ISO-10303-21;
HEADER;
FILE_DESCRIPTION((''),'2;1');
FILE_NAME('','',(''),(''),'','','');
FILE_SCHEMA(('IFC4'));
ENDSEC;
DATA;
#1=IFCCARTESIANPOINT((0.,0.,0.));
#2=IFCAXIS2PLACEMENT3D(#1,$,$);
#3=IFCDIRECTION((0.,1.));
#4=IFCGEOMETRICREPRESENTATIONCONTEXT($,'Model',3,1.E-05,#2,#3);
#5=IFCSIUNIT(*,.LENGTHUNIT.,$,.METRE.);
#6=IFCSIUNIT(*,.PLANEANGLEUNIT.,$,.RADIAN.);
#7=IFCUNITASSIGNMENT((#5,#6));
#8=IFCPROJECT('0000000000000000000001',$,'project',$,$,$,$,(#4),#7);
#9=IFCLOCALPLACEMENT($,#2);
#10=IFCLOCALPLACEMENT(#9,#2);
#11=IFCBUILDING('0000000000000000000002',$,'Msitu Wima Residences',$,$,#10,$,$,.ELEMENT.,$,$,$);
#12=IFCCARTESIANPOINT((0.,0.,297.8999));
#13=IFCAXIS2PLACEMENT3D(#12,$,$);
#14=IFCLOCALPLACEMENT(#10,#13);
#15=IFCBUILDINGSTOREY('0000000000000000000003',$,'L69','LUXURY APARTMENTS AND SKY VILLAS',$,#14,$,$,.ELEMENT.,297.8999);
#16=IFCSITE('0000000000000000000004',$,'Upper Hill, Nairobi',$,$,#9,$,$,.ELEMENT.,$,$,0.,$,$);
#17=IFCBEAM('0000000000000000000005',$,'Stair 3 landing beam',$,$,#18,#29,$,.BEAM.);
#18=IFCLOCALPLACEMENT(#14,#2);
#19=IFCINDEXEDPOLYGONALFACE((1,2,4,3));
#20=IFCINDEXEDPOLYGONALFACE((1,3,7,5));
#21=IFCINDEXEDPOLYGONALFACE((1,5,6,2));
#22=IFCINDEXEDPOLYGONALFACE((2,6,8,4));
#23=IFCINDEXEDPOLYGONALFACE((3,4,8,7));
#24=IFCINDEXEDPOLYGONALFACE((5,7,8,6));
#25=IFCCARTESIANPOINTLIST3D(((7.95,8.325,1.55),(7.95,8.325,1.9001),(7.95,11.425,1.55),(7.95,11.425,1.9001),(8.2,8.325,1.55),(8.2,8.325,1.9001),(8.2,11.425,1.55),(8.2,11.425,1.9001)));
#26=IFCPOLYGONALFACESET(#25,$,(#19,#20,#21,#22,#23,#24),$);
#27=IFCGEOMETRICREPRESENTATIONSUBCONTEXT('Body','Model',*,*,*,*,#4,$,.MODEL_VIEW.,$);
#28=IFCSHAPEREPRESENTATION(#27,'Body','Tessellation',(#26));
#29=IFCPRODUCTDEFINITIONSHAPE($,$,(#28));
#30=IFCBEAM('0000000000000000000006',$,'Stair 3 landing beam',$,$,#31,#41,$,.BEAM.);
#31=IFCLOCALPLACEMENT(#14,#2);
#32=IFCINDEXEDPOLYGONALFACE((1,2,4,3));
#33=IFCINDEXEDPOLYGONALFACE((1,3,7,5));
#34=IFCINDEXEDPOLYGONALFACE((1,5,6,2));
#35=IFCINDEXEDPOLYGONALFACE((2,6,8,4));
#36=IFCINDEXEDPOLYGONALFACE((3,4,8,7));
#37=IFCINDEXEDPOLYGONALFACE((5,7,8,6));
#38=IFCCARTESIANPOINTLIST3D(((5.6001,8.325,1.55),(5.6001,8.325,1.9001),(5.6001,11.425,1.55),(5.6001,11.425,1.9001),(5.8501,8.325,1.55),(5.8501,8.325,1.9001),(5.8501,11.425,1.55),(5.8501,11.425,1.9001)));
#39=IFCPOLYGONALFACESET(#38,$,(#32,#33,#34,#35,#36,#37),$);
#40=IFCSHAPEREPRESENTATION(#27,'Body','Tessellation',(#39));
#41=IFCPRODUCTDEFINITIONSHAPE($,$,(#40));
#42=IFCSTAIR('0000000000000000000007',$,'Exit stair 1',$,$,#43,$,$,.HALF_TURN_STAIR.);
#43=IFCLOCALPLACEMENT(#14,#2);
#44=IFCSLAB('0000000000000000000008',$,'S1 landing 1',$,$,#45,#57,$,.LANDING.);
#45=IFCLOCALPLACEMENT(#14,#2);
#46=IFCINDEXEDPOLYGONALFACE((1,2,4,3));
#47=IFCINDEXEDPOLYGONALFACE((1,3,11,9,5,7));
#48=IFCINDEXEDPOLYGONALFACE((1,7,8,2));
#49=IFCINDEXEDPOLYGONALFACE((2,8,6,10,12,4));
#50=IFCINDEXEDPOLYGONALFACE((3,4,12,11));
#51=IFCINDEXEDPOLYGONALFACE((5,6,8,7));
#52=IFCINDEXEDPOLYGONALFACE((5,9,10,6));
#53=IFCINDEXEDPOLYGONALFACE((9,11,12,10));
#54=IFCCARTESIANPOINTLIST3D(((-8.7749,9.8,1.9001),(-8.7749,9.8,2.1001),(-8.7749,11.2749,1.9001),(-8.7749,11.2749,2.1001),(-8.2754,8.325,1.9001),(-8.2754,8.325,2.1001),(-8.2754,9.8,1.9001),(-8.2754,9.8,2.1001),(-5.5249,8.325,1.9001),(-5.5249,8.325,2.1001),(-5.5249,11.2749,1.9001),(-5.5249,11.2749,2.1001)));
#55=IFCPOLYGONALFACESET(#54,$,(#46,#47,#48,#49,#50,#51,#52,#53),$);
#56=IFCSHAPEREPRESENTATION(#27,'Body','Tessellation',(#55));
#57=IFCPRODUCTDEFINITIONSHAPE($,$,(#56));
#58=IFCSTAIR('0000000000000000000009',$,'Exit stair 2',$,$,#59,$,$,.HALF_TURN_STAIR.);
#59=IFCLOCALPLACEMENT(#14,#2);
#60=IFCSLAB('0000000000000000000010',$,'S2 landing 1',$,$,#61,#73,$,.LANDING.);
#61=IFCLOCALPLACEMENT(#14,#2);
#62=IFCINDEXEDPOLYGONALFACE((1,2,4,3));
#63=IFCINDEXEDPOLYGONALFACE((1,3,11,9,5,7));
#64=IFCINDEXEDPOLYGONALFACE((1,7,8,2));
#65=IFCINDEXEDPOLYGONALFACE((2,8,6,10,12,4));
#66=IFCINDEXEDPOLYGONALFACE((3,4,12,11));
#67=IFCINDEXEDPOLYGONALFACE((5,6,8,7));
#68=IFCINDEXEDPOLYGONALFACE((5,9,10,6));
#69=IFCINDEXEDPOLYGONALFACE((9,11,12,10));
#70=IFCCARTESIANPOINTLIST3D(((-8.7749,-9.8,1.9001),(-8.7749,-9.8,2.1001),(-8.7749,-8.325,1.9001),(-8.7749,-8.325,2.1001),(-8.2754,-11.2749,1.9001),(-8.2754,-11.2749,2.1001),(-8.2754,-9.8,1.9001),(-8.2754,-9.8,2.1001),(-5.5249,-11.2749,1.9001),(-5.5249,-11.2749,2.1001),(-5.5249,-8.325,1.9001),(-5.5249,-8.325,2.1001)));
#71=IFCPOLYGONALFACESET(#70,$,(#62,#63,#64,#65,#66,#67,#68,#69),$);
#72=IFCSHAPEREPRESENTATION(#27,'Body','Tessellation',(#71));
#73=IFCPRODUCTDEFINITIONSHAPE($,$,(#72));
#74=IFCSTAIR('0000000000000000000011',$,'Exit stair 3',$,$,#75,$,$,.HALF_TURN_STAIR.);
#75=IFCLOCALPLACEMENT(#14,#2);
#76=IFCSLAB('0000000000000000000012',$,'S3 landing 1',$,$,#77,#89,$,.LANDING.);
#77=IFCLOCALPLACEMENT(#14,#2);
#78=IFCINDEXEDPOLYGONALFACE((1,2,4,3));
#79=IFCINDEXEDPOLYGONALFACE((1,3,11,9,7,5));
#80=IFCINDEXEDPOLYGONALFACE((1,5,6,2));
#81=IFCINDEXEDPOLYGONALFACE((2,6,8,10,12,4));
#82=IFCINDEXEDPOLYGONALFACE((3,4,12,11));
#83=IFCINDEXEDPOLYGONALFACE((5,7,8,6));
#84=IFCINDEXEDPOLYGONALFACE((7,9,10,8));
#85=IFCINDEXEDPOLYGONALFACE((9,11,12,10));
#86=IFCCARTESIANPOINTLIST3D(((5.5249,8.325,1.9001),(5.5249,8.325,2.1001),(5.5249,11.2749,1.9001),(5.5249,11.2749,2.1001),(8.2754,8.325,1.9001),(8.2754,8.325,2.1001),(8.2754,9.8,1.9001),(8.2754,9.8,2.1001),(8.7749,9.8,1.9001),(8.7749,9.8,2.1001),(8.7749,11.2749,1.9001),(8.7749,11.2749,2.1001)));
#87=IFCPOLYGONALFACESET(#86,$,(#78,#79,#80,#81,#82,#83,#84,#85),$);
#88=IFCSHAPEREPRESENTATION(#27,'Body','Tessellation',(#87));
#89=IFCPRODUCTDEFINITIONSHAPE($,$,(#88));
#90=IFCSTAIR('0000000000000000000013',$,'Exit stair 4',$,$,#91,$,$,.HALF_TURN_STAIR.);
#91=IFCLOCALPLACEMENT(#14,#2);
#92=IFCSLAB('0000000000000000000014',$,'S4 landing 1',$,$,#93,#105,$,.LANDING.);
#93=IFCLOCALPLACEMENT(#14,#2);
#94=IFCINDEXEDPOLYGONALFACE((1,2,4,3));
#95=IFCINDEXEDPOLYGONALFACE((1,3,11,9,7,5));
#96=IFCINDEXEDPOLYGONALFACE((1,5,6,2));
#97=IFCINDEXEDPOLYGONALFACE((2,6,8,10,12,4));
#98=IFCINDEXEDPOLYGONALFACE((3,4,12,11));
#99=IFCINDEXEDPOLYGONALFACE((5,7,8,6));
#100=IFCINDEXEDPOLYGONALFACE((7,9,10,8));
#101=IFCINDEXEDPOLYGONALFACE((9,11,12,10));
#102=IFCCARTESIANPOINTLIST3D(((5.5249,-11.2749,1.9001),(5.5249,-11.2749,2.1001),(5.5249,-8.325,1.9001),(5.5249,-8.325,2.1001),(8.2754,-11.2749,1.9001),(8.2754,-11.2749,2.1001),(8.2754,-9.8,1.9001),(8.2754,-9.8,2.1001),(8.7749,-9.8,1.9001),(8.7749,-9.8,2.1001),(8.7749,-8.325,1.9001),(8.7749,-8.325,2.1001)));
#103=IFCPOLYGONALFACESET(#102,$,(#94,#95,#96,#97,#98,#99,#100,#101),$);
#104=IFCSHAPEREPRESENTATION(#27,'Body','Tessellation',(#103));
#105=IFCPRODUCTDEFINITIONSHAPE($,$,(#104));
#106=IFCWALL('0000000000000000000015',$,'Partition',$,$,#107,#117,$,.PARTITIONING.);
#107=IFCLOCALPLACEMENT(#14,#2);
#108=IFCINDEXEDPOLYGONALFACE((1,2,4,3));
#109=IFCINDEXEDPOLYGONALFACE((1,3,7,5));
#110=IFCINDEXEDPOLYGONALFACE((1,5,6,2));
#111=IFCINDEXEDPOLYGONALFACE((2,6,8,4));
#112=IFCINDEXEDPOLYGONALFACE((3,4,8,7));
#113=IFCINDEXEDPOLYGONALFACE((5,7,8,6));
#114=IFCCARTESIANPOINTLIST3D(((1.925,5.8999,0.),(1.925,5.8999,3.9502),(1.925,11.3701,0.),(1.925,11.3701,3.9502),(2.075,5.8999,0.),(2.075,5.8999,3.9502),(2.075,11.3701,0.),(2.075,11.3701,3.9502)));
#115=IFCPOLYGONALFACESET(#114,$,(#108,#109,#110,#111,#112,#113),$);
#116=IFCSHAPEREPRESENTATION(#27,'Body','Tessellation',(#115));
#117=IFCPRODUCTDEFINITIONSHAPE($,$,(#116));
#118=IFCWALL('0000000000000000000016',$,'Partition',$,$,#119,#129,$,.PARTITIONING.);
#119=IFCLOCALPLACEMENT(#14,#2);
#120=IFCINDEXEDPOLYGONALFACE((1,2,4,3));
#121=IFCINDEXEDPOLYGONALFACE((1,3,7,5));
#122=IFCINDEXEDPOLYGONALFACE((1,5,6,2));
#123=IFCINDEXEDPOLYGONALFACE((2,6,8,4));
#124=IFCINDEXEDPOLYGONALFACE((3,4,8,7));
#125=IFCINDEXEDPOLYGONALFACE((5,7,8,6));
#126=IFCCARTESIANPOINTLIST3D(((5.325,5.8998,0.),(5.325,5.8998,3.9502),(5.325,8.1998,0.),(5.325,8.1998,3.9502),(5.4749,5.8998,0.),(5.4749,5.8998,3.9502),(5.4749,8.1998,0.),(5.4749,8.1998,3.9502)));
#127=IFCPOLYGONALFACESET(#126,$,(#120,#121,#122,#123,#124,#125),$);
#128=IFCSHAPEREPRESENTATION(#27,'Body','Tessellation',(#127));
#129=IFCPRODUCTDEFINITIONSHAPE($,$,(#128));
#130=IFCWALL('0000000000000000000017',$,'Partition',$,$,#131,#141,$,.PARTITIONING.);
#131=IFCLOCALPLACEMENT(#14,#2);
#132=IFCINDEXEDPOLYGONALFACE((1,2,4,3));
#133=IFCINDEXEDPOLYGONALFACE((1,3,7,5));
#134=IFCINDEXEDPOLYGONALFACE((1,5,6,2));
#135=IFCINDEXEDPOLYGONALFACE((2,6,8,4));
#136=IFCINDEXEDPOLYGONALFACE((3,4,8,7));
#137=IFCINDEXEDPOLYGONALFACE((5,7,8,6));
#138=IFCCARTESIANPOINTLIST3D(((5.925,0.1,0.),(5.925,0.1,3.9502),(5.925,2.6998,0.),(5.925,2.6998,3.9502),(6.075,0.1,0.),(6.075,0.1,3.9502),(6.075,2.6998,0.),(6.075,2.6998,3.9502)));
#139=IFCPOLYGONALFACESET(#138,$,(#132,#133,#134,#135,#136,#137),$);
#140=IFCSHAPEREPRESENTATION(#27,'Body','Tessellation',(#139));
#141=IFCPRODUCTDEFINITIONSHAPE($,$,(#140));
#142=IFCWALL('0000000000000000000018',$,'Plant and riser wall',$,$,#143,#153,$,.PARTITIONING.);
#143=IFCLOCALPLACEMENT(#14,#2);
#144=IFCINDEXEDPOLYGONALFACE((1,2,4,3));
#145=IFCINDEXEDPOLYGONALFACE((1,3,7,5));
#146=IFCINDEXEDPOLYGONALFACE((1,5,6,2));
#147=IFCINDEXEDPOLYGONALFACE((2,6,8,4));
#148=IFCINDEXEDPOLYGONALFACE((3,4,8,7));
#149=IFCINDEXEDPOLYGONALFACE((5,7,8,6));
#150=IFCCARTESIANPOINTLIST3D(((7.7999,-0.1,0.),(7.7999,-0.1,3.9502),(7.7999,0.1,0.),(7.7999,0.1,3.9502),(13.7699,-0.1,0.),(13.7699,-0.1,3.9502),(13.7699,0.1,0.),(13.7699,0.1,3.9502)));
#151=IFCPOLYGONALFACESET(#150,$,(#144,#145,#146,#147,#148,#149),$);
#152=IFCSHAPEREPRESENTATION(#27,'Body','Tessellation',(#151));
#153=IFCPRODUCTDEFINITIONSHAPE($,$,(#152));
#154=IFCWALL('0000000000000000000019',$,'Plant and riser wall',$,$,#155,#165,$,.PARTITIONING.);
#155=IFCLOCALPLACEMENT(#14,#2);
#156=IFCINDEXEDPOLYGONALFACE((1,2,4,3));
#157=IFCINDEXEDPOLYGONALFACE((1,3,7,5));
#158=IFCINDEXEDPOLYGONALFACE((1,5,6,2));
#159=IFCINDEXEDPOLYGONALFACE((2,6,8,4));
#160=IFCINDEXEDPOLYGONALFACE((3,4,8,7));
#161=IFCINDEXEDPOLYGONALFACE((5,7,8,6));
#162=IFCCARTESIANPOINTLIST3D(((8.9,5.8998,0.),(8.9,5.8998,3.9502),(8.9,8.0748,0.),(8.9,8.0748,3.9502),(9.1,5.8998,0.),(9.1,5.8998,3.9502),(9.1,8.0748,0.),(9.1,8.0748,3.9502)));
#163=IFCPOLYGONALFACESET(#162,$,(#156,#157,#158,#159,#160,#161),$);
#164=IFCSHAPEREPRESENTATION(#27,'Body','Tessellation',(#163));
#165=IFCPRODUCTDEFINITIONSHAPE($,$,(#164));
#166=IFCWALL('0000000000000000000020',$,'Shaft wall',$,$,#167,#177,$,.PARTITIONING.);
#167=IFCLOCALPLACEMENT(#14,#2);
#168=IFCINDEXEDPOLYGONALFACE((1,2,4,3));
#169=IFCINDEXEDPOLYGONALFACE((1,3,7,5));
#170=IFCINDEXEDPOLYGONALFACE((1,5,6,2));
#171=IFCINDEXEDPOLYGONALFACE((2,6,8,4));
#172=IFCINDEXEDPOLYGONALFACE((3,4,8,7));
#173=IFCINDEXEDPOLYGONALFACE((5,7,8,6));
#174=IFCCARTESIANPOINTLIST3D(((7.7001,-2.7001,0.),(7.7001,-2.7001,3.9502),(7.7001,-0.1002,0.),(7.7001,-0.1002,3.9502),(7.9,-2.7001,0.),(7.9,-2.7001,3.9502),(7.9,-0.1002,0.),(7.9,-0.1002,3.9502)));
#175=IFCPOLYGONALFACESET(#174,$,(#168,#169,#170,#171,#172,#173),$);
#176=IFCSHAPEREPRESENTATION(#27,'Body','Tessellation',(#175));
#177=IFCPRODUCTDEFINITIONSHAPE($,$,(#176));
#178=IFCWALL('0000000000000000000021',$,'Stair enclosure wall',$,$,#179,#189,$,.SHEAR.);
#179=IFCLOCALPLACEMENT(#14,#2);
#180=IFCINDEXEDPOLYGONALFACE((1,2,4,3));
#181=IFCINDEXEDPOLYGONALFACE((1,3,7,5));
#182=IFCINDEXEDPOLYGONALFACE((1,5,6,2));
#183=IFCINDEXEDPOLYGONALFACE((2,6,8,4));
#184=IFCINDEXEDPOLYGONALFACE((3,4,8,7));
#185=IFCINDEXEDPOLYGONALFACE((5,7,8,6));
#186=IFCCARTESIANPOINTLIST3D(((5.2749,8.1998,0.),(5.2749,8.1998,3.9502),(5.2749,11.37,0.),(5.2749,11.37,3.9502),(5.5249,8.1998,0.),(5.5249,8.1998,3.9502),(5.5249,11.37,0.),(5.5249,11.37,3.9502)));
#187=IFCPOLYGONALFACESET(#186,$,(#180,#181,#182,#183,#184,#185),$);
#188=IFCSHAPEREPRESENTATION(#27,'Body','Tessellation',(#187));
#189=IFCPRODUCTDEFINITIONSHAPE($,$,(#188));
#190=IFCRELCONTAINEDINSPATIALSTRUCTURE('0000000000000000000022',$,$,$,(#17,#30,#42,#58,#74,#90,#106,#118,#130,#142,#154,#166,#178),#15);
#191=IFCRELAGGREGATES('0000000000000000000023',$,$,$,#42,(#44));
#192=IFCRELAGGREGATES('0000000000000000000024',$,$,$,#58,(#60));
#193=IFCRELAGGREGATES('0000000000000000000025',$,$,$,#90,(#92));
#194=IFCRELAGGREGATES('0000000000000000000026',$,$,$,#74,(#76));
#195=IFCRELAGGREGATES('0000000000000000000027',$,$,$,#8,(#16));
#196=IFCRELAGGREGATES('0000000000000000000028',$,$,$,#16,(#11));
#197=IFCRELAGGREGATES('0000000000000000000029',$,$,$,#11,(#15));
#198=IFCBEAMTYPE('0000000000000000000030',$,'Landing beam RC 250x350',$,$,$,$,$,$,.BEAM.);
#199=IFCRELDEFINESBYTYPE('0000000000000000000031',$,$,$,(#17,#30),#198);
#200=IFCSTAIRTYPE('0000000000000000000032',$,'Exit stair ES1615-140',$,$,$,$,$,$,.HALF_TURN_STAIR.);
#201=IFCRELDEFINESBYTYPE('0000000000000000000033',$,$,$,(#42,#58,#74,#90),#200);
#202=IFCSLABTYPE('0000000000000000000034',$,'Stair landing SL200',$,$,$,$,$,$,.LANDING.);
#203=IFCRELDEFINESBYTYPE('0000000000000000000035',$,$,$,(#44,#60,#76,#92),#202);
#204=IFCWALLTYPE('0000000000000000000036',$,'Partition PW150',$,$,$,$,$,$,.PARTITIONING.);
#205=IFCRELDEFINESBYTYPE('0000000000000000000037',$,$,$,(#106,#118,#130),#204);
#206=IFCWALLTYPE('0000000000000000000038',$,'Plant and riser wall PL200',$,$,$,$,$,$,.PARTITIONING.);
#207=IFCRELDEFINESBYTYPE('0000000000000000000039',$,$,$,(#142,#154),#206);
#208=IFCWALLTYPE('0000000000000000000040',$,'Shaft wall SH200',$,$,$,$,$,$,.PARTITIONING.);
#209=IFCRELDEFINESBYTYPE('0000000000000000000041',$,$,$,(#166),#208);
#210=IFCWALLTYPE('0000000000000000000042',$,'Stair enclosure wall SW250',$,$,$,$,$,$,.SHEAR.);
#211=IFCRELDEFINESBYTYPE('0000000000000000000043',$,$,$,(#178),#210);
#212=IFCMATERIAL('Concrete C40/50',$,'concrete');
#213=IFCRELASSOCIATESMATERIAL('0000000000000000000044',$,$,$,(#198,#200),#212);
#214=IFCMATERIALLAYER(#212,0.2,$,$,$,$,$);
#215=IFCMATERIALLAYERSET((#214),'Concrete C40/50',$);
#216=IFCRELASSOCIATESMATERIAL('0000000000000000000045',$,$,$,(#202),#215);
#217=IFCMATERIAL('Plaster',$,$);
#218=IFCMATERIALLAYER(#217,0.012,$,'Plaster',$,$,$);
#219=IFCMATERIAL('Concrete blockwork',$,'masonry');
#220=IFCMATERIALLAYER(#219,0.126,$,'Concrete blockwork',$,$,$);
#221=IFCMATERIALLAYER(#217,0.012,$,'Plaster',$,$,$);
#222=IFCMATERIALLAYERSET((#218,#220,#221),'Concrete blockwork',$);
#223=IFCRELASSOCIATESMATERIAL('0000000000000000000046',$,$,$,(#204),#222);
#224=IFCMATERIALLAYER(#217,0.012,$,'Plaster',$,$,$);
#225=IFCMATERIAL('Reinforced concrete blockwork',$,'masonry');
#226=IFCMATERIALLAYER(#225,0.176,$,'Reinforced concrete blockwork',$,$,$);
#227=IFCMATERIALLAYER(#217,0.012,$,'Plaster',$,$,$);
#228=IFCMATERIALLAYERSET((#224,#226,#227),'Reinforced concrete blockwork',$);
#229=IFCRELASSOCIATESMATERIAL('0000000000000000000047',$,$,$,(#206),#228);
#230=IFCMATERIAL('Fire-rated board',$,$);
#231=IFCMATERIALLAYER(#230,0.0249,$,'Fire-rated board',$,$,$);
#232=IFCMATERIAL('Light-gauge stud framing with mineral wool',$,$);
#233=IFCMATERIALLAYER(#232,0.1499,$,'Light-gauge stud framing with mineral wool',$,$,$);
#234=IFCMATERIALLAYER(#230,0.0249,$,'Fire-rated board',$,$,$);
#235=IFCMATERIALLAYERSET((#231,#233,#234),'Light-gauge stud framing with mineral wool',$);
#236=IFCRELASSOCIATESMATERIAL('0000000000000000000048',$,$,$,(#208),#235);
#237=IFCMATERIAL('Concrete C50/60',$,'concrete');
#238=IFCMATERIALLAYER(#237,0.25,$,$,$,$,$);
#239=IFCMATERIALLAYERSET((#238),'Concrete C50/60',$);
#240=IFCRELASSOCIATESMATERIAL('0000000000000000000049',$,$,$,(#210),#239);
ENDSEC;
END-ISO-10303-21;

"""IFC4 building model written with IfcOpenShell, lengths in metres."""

from ifc_helpers import new_model, si_unit, direction, frame, frame_2d, origin, origin_2d, place, context, subcontext, project, spatial, polyline, rectangle, outline, extrude, material, layer, layer_set, material_profile, profile_set, type_object, element, aggregate, save


model = new_model("IFC4")

# Units and contexts
model_context = context("Model", 3, precision=1e-05, world=origin(), true_north=direction((0.0, 1.0)))
body_context = subcontext(model_context, "Body", "Model", "MODEL_VIEW")
ifc_project = project(units=[si_unit("LENGTHUNIT", "METRE"), si_unit("PLANEANGLEUNIT", "RADIAN")], contexts=[model_context])

# Site, building, storey
site_placement = place(None, origin())
site = spatial("IfcSite", under=ifc_project, at=site_placement, Name="Upper Hill, Nairobi", CompositionType="ELEMENT", RefElevation=0.0)
building_placement = place(site_placement, origin())
building = spatial("IfcBuilding", under=site, at=building_placement, Name="Msitu Wima Residences", CompositionType="ELEMENT")
storey_placement = place(building_placement, frame((0.0, 0.0, 297.8999)))
storey = spatial("IfcBuildingStorey", under=building, at=storey_placement, Name="L69", Description="LUXURY APARTMENTS AND SKY VILLAS", CompositionType="ELEMENT", Elevation=297.8999)

# Beams
ifc_material_1 = material(Name="Concrete C40/50", Category="concrete")
ifc_material_profile = material_profile(ifc_material_1, rectangle(XDim=0.25, YDim=0.3501, at=origin_2d()), Name="RC 250x350")
ifc_profile_set = profile_set([ifc_material_profile], Name="Concrete C40/50")
beam_type = type_object("IfcBeamType", Name="Landing beam RC 250x350", PredefinedType="BEAM", material=ifc_profile_set)
for number, where, z_axis, x_axis, name in (
    (1, (8.075, 8.325, 1.7251), (0.0, 1.0, 0.0), (-1.0, 0.0, 0.0), "Stair 3 landing beam"),
    (2, (5.7251, 8.325, 1.7251), (0.0, 1.0, 0.0), (-1.0, 0.0, 0.0), "Stair 3 landing beam"),
):
    element("IfcBeam", number, at=place(storey_placement, frame(where, z_axis=z_axis, x_axis=x_axis)), inside=storey, type_object=beam_type, Name=name, PredefinedType="BEAM", context=body_context, shape_type="SweptSolid", body=[
        extrude(rectangle(XDim=0.25, YDim=0.3501, at=origin_2d()), origin(), (0.0, 0.0, 1.0), 3.1001),
    ])

# Stairs, slabs
stair_type = type_object("IfcStairType", Name="Exit stair ES1615-140", PredefinedType="HALF_TURN_STAIR", material=ifc_material_1)
stair_1_placement = place(storey_placement, origin())
stair_1 = element("IfcStair", 3, at=stair_1_placement, inside=storey, type_object=stair_type, Name="Exit stair 1", PredefinedType="HALF_TURN_STAIR")
ifc_layer_1 = layer(ifc_material_1, 0.2)
ifc_layer_set_1 = layer_set([ifc_layer_1], Name="Concrete C40/50")
slab_type = type_object("IfcSlabType", Name="Stair landing SL200", PredefinedType="LANDING", material=ifc_layer_set_1)
slab_1_placement = place(storey_placement, frame((0.0, 0.0, 1.9001)))
slab_1 = element("IfcSlab", 4, at=slab_1_placement, type_object=slab_type, Name="S1 landing 1", PredefinedType="LANDING", context=body_context, shape_type="SweptSolid", body=[
    extrude(outline(polyline([(-5.5249, 8.325), (-8.2754, 8.325), (-8.2754, 9.8), (-8.7749, 9.8), (-8.7749, 11.2749), (-5.5249, 11.2749), (-5.5249, 8.325)])), origin(), (0.0, 0.0, 1.0), 0.2),
])
aggregate(stair_1, [slab_1])
stair_2_placement = place(storey_placement, origin())
stair_2 = element("IfcStair", 5, at=stair_2_placement, inside=storey, type_object=stair_type, Name="Exit stair 2", PredefinedType="HALF_TURN_STAIR")
slab_2_placement = place(storey_placement, frame((0.0, 0.0, 1.9001)))
slab_2 = element("IfcSlab", 6, at=slab_2_placement, type_object=slab_type, Name="S2 landing 1", PredefinedType="LANDING", context=body_context, shape_type="SweptSolid", body=[
    extrude(outline(polyline([(-5.5249, -11.2749), (-8.2754, -11.2749), (-8.2754, -9.8), (-8.7749, -9.8), (-8.7749, -8.325), (-5.5249, -8.325), (-5.5249, -11.2749)])), origin(), (0.0, 0.0, 1.0), 0.2),
])
aggregate(stair_2, [slab_2])
stair_3_placement = place(storey_placement, origin())
stair_3 = element("IfcStair", 7, at=stair_3_placement, inside=storey, type_object=stair_type, Name="Exit stair 3", PredefinedType="HALF_TURN_STAIR")
slab_3_placement = place(storey_placement, frame((0.0, 0.0, 1.9001)))
slab_3 = element("IfcSlab", 8, at=slab_3_placement, type_object=slab_type, Name="S3 landing 1", PredefinedType="LANDING", context=body_context, shape_type="SweptSolid", body=[
    extrude(outline(polyline([(5.5249, 8.325), (8.2754, 8.325), (8.2754, 9.8), (8.7749, 9.8), (8.7749, 11.2749), (5.5249, 11.2749), (5.5249, 8.325)])), origin(), (0.0, 0.0, 1.0), 0.2),
])
stair_4_placement = place(storey_placement, origin())
stair_4 = element("IfcStair", 9, at=stair_4_placement, inside=storey, type_object=stair_type, Name="Exit stair 4", PredefinedType="HALF_TURN_STAIR")
slab_4_placement = place(storey_placement, frame((0.0, 0.0, 1.9001)))
slab_4 = element("IfcSlab", 10, at=slab_4_placement, type_object=slab_type, Name="S4 landing 1", PredefinedType="LANDING", context=body_context, shape_type="SweptSolid", body=[
    extrude(outline(polyline([(5.5249, -11.2749), (8.2754, -11.2749), (8.2754, -9.8), (8.7749, -9.8), (8.7749, -8.325), (5.5249, -8.325), (5.5249, -11.2749)])), origin(), (0.0, 0.0, 1.0), 0.2),
])
aggregate(stair_4, [slab_4])

# Walls
ifc_material_2 = material(Name="Plaster")
ifc_layer_2 = layer(ifc_material_2, 0.012, Name="Plaster")
ifc_material_3 = material(Name="Concrete blockwork", Category="masonry")
ifc_layer_3 = layer(ifc_material_3, 0.126, Name="Concrete blockwork")
ifc_layer_4 = layer(ifc_material_2, 0.012, Name="Plaster")
ifc_layer_set_2 = layer_set([ifc_layer_2, ifc_layer_3, ifc_layer_4], Name="Concrete blockwork")
wall_type_1 = type_object("IfcWallType", Name="Partition PW150", PredefinedType="PARTITIONING", material=ifc_layer_set_2)
wall_1_placement = place(storey_placement, frame((2.0, 5.8999, 0.0), z_axis=(0.0, 0.0, 1.0), x_axis=(0.0, 1.0, 0.0)))
element("IfcWall", 11, at=wall_1_placement, inside=storey, type_object=wall_type_1, Name="Partition", PredefinedType="PARTITIONING", context=body_context, shape_type="SweptSolid", body=[
    extrude(rectangle(XDim=5.4702, YDim=0.1499, at=frame_2d((2.7351, 0.0))), origin(), (0.0, 0.0, 1.0), 3.9502),
])
wall_2_placement = place(storey_placement, frame((5.3999, 5.8999, 0.0), z_axis=(0.0, 0.0, 1.0), x_axis=(0.0, 1.0, 0.0)))
element("IfcWall", 12, at=wall_2_placement, inside=storey, type_object=wall_type_1, Name="Partition", PredefinedType="PARTITIONING", context=body_context, shape_type="SweptSolid", body=[
    extrude(rectangle(XDim=2.3, YDim=0.1499, at=frame_2d((1.1499, 0.0))), origin(), (0.0, 0.0, 1.0), 3.9502),
])
wall_3_placement = place(storey_placement, frame((6.0, 0.1001, 0.0), z_axis=(0.0, 0.0, 1.0), x_axis=(0.0, 1.0, 0.0)))
element("IfcWall", 13, at=wall_3_placement, inside=storey, type_object=wall_type_1, Name="Partition", PredefinedType="PARTITIONING", context=body_context, shape_type="SweptSolid", body=[
    extrude(rectangle(XDim=2.5999, YDim=0.1499, at=frame_2d((1.2998, 0.0))), origin(), (0.0, 0.0, 1.0), 3.9502),
])
ifc_layer_5 = layer(ifc_material_2, 0.012, Name="Plaster")
ifc_material_4 = material(Name="Reinforced concrete blockwork", Category="masonry")
ifc_layer_6 = layer(ifc_material_4, 0.176, Name="Reinforced concrete blockwork")
ifc_layer_7 = layer(ifc_material_2, 0.012, Name="Plaster")
ifc_layer_set_3 = layer_set([ifc_layer_5, ifc_layer_6, ifc_layer_7], Name="Reinforced concrete blockwork")
wall_type_2 = type_object("IfcWallType", Name="Plant and riser wall PL200", PredefinedType="PARTITIONING", material=ifc_layer_set_3)
wall_4_placement = place(storey_placement, frame((7.8, 0.0, 0.0), z_axis=(0.0, 0.0, 1.0), x_axis=(1.0, 0.0, 0.0)))
element("IfcWall", 14, at=wall_4_placement, inside=storey, type_object=wall_type_2, Name="Plant and riser wall", PredefinedType="PARTITIONING", context=body_context, shape_type="SweptSolid", body=[
    extrude(rectangle(XDim=5.97, YDim=0.2, at=frame_2d((2.9849, 0.0))), origin(), (0.0, 0.0, 1.0), 3.9502),
])
wall_5_placement = place(storey_placement, frame((9.0, 5.8999, 0.0), z_axis=(0.0, 0.0, 1.0), x_axis=(0.0, 1.0, 0.0)))
element("IfcWall", 15, at=wall_5_placement, inside=storey, type_object=wall_type_2, Name="Plant and riser wall", PredefinedType="PARTITIONING", context=body_context, shape_type="SweptSolid", body=[
    extrude(rectangle(XDim=2.175, YDim=0.2, at=frame_2d((1.0874, 0.0))), origin(), (0.0, 0.0, 1.0), 3.9502),
])
ifc_material_5 = material(Name="Fire-rated board")
ifc_layer_8 = layer(ifc_material_5, 0.0249, Name="Fire-rated board")
ifc_material_6 = material(Name="Light-gauge stud framing with mineral wool")
ifc_layer_9 = layer(ifc_material_6, 0.1499, Name="Light-gauge stud framing with mineral wool")
ifc_layer_10 = layer(ifc_material_5, 0.0249, Name="Fire-rated board")
ifc_layer_set_4 = layer_set([ifc_layer_8, ifc_layer_9, ifc_layer_10], Name="Light-gauge stud framing with mineral wool")
wall_type_3 = type_object("IfcWallType", Name="Shaft wall SH200", PredefinedType="PARTITIONING", material=ifc_layer_set_4)
wall_6_placement = place(storey_placement, frame((7.8, -2.7, 0.0), z_axis=(0.0, 0.0, 1.0), x_axis=(0.0, 1.0, 0.0)))
element("IfcWall", 16, at=wall_6_placement, inside=storey, type_object=wall_type_3, Name="Shaft wall", PredefinedType="PARTITIONING", context=body_context, shape_type="SweptSolid", body=[
    extrude(rectangle(XDim=2.5999, YDim=0.2, at=frame_2d((1.2998, 0.0))), origin(), (0.0, 0.0, 1.0), 3.9502),
])
ifc_material_7 = material(Name="Concrete C50/60", Category="concrete")
ifc_layer_11 = layer(ifc_material_7, 0.25)
ifc_layer_set_5 = layer_set([ifc_layer_11], Name="Concrete C50/60")
wall_type_4 = type_object("IfcWallType", Name="Stair enclosure wall SW250", PredefinedType="SHEAR", material=ifc_layer_set_5)
wall_7_placement = place(storey_placement, frame((5.3999, 8.2, 0.0), z_axis=(0.0, 0.0, 1.0), x_axis=(0.0, 1.0, 0.0)))
element("IfcWall", 17, at=wall_7_placement, inside=storey, type_object=wall_type_4, Name="Stair enclosure wall", PredefinedType="SHEAR", context=body_context, shape_type="SweptSolid", body=[
    extrude(rectangle(XDim=3.1702, YDim=0.25, at=frame_2d((1.585, 0.0))), origin(), (0.0, 0.0, 1.0), 3.9502),
])

aggregate(stair_3, [slab_3])

save(model, "model.ifc")
